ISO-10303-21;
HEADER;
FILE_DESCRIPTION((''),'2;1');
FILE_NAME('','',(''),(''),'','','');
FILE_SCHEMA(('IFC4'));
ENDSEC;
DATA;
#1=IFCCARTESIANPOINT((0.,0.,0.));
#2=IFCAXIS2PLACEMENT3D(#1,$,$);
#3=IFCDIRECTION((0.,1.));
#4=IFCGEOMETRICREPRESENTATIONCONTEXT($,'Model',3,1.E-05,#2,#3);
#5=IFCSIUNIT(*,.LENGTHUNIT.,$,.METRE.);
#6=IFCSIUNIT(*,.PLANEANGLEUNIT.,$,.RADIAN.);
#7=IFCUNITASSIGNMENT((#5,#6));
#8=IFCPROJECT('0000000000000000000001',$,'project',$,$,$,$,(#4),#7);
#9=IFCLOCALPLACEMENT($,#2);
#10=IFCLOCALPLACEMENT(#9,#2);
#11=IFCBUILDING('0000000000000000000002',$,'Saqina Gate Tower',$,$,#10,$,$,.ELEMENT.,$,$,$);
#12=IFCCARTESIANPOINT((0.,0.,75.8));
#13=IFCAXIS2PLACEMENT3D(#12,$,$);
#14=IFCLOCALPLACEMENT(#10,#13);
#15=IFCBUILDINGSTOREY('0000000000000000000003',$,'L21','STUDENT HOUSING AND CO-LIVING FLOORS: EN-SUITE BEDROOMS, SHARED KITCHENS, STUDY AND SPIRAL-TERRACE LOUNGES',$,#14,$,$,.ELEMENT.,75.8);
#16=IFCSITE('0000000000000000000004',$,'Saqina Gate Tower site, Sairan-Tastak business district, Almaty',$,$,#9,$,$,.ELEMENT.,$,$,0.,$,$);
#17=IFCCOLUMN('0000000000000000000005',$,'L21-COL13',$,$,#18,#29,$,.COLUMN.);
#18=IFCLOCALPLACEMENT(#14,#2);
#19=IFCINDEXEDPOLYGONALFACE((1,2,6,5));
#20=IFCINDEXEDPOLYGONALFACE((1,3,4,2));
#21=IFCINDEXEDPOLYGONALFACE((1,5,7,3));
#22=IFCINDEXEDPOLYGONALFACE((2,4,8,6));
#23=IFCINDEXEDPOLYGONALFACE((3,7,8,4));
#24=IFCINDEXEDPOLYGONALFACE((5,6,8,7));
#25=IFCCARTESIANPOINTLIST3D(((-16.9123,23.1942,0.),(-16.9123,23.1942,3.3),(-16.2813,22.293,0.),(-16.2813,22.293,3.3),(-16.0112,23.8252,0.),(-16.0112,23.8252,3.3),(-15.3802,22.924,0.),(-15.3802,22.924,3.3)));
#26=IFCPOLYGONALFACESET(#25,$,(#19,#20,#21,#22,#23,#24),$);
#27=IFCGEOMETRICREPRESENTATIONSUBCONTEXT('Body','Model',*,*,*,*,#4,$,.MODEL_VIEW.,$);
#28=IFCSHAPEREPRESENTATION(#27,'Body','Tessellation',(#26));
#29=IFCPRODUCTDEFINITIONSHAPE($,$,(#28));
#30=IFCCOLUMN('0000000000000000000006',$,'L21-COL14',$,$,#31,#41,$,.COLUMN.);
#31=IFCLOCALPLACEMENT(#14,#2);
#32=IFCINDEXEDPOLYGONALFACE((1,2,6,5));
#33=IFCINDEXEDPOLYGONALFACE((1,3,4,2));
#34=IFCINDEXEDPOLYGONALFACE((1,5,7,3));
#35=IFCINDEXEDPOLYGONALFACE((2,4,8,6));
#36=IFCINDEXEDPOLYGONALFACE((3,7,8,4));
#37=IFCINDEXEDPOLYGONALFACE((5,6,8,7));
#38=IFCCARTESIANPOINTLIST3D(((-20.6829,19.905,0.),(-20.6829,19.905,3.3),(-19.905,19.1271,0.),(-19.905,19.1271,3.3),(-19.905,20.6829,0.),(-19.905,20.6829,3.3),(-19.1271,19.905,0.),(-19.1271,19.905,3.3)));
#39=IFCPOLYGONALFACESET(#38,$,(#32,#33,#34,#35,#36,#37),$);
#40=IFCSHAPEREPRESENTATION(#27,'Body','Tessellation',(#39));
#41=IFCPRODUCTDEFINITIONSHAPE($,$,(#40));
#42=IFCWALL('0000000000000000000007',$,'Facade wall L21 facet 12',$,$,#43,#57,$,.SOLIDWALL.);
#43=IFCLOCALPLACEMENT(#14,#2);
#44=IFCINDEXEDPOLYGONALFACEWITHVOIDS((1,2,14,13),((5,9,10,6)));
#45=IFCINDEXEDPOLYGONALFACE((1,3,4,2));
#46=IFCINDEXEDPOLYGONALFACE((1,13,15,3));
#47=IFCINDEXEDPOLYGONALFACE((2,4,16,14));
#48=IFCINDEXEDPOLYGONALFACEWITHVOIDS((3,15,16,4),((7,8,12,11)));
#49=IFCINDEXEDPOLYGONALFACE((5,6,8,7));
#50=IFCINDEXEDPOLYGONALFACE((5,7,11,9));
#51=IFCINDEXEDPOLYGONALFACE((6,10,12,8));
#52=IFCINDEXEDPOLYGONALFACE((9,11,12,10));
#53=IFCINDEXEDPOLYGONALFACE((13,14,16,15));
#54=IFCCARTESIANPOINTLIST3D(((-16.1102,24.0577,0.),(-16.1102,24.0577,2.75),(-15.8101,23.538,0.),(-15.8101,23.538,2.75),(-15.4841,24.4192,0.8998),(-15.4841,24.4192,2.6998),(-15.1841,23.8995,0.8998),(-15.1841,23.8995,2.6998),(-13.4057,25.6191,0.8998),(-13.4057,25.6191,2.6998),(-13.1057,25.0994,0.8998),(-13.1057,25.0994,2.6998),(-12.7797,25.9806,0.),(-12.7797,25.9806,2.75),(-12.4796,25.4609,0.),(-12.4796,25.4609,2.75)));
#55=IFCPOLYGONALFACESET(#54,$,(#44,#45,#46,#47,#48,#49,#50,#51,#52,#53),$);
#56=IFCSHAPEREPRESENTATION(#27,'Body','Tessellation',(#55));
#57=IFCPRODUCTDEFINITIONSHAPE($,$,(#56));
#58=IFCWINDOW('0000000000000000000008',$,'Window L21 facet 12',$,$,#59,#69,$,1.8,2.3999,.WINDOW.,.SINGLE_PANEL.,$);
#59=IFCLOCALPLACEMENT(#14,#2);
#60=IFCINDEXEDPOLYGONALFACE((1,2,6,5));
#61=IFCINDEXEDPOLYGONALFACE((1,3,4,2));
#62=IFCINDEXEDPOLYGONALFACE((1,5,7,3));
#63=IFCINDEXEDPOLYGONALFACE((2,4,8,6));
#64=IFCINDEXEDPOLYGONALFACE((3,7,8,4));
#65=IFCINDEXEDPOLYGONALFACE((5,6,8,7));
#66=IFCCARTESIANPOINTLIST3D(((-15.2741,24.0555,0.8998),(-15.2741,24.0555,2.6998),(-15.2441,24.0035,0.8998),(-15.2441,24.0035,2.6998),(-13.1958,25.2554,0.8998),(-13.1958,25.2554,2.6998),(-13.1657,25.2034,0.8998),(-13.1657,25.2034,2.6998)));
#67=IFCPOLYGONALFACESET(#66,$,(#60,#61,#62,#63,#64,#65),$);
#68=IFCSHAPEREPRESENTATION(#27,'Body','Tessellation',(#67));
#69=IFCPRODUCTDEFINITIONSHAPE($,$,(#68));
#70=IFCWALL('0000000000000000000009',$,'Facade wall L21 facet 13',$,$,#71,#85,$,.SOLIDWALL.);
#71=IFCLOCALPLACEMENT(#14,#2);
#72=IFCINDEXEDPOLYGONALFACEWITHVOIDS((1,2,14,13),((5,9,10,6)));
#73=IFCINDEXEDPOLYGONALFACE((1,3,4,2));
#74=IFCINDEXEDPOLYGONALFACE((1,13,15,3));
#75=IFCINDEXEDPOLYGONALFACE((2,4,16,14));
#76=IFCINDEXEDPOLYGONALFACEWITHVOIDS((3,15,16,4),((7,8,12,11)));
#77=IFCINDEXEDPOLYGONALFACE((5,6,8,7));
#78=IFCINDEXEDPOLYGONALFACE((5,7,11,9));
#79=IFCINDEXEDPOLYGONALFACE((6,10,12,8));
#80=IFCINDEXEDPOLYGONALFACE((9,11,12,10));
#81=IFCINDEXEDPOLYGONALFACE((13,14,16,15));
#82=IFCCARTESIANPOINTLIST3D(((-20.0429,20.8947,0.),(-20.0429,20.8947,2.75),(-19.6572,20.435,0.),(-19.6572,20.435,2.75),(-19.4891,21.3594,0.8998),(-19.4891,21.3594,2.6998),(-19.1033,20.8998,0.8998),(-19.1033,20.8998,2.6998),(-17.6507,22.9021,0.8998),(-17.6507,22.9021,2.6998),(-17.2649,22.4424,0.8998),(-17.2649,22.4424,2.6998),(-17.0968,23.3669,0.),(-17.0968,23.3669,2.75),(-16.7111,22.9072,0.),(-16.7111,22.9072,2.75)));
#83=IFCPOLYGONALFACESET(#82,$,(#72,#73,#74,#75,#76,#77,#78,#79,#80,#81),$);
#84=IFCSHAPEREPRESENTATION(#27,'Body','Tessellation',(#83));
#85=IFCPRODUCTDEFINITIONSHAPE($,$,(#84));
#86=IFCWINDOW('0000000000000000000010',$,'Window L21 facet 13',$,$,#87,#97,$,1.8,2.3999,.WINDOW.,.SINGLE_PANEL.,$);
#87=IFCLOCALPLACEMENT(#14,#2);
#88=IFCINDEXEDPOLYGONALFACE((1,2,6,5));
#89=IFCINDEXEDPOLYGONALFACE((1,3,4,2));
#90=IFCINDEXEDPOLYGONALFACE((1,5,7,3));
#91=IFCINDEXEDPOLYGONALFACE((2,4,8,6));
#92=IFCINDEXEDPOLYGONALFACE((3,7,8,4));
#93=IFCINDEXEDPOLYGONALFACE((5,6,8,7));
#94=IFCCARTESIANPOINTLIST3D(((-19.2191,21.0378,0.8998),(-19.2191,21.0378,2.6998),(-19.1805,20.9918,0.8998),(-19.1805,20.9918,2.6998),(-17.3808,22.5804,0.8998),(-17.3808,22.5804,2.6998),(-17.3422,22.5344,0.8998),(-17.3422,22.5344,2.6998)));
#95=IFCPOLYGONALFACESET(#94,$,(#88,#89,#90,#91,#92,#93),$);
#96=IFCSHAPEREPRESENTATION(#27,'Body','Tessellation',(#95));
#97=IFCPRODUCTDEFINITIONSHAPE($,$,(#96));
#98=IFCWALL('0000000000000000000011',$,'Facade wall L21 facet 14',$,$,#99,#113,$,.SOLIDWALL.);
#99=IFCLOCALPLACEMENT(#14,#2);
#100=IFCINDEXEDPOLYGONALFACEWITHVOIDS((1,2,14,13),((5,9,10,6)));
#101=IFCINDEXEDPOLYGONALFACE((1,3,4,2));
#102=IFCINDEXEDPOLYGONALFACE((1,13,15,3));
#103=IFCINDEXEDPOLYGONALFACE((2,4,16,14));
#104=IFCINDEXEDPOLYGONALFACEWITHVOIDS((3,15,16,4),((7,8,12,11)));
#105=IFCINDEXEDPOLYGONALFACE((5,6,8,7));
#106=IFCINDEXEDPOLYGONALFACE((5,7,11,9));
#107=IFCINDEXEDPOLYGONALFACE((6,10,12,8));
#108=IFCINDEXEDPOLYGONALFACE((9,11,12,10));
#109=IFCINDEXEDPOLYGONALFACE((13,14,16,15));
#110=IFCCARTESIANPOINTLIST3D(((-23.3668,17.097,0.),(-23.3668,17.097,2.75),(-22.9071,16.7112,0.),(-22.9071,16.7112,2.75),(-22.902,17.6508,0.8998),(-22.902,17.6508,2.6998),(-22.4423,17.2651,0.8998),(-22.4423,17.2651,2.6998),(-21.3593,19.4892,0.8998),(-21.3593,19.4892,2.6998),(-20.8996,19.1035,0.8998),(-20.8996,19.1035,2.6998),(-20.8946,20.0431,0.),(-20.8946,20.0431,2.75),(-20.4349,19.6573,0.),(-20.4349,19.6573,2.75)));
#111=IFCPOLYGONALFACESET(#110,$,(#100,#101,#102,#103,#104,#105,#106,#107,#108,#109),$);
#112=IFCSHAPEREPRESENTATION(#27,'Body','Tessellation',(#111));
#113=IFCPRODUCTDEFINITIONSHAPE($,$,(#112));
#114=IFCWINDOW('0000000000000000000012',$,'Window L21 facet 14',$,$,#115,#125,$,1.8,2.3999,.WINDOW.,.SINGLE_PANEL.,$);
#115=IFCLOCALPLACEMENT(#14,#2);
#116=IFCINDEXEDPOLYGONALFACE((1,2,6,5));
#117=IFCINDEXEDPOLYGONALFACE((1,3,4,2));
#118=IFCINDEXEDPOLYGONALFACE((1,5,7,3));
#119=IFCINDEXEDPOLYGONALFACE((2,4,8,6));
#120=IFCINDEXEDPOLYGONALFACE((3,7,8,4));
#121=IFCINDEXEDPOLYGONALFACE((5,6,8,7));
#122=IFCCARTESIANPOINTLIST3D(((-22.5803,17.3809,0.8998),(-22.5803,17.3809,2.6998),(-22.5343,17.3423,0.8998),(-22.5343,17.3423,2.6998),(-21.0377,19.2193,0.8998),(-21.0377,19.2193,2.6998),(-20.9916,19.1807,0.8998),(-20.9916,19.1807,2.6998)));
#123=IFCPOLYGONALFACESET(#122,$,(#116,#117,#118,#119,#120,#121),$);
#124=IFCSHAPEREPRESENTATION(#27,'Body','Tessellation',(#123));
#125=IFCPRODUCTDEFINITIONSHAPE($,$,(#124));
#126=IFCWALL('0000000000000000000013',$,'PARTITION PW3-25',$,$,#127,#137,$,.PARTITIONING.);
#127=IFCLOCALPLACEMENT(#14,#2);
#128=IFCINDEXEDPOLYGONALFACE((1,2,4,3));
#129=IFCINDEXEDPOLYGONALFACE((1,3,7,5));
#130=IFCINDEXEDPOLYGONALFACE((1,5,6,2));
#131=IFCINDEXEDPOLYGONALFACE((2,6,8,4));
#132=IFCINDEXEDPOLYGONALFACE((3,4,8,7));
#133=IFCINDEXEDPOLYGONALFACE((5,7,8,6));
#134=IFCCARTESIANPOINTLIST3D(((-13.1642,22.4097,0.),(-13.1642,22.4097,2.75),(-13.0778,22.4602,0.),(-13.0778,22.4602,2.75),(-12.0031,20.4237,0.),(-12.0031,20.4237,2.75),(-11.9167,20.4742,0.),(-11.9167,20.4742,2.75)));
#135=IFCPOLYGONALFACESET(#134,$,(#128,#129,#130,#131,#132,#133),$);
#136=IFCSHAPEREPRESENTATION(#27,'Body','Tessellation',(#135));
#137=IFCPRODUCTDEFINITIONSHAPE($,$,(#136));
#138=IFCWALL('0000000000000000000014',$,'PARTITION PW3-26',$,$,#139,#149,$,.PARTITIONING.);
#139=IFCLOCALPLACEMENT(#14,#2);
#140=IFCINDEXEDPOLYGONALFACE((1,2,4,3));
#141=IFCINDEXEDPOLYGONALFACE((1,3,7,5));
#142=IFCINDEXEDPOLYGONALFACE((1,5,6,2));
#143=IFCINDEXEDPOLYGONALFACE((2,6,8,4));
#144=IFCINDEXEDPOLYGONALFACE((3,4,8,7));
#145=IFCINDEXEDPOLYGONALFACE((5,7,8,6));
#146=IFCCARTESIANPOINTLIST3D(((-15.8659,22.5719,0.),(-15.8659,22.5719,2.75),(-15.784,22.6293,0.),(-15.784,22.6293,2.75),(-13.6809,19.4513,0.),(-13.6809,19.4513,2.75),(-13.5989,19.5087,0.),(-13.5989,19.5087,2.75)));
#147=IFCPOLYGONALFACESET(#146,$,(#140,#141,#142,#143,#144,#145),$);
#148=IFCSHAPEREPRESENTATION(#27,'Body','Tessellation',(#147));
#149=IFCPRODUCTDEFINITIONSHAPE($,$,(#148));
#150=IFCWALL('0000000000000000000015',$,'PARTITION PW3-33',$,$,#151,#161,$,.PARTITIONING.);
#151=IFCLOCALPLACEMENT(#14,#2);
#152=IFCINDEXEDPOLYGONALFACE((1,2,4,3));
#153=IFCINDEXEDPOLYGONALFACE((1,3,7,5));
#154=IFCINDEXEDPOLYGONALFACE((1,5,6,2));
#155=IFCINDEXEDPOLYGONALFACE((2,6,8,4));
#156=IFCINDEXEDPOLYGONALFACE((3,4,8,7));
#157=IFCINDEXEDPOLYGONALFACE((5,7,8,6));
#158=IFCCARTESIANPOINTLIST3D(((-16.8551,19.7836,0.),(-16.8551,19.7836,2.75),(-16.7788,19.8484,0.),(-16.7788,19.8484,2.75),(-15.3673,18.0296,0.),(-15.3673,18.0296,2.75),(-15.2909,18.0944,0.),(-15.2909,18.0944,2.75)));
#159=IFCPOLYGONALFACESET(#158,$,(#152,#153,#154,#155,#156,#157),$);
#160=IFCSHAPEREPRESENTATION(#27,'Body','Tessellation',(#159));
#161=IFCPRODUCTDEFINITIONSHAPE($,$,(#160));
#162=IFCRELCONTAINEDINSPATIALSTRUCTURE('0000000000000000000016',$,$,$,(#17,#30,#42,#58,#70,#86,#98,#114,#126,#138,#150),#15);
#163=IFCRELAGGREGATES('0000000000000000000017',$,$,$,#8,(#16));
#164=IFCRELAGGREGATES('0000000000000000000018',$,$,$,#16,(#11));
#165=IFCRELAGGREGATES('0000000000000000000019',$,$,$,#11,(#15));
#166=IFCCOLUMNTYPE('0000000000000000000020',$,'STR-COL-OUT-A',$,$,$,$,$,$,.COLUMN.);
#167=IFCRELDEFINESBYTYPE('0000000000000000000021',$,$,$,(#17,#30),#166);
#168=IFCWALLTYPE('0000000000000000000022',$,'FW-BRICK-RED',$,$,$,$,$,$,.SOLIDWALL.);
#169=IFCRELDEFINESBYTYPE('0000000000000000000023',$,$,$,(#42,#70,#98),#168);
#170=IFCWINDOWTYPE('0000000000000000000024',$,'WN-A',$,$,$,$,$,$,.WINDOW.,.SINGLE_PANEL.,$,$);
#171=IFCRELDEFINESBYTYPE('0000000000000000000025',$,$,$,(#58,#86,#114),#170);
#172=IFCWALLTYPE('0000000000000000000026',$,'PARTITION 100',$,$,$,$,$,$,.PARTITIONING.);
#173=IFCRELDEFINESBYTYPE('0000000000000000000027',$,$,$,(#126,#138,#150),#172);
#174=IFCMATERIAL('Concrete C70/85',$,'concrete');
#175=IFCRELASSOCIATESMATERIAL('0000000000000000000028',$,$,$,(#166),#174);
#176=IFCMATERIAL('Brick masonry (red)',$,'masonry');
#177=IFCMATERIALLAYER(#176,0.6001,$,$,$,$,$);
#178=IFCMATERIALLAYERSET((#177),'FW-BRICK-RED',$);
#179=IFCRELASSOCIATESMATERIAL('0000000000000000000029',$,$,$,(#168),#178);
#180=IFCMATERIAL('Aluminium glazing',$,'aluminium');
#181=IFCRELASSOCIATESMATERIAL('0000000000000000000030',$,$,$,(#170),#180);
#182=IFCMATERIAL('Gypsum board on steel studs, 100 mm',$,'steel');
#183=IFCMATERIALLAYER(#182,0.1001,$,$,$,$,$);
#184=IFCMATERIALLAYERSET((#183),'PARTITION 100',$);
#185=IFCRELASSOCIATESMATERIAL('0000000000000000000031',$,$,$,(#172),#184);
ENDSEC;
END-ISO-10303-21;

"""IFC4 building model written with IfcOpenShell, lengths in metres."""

from ifc_helpers import new_model, si_unit, direction, frame, frame_2d, origin, origin_2d, place, context, subcontext, project, spatial, rectangle, extrude, material, layer, layer_set, material_profile, profile_set, type_object, element, fill, save


model = new_model("IFC4")

# Units and contexts
model_context = context("Model", 3, precision=1e-05, world=origin(), true_north=direction((0.0, 1.0)))
body_context = subcontext(model_context, "Body", "Model", "MODEL_VIEW")
ifc_project = project(units=[si_unit("LENGTHUNIT", "METRE"), si_unit("PLANEANGLEUNIT", "RADIAN")], contexts=[model_context])

# Site, building, storey
site_placement = place(None, origin())
site = spatial("IfcSite", under=ifc_project, at=site_placement, Name="Saqina Gate Tower site, Sairan-Tastak business district, Almaty", CompositionType="ELEMENT", RefElevation=0.0)
building_placement = place(site_placement, origin())
building = spatial("IfcBuilding", under=site, at=building_placement, Name="Saqina Gate Tower", CompositionType="ELEMENT")
storey_placement = place(building_placement, frame((0.0, 0.0, 75.8)))
storey = spatial("IfcBuildingStorey", under=building, at=storey_placement, Name="L21", Description="STUDENT HOUSING AND CO-LIVING FLOORS: EN-SUITE BEDROOMS, SHARED KITCHENS, STUDY AND SPIRAL-TERRACE LOUNGES", CompositionType="ELEMENT", Elevation=75.8)

# Columns
ifc_material_1 = material(Name="Concrete C70/85", Category="concrete")
ifc_material_profile = material_profile(ifc_material_1, rectangle(XDim=1.1001, YDim=1.1001, at=origin_2d()), Name="RC 1100x1100")
ifc_profile_set = profile_set([ifc_material_profile], Name="Concrete C70/85")
column_type = type_object("IfcColumnType", Name="STR-COL-OUT-A", PredefinedType="COLUMN", material=ifc_profile_set)
for number, where, z_axis, x_axis, name in (
    (1, (-16.1462, 23.0591, 0.0), (0.0, 0.0, 1.0), (-0.573576, 0.819152, 0.0), "L21-COL13"),
    (2, (-19.905, 19.905, 0.0), (0.0, 0.0, 1.0), (-0.707107, 0.707107, 0.0), "L21-COL14"),
):
    element("IfcColumn", number, at=place(storey_placement, frame(where, z_axis=z_axis, x_axis=x_axis)), inside=storey, type_object=column_type, Name=name, PredefinedType="COLUMN", context=body_context, shape_type="SweptSolid", body=[
        extrude(rectangle(XDim=1.1001, YDim=1.1001, at=origin_2d()), origin(), (0.0, 0.0, 1.0), 3.3),
    ])

# Walls, openings, windows
ifc_material_2 = material(Name="Brick masonry (red)", Category="masonry")
ifc_layer_1 = layer(ifc_material_2, 0.6001)
ifc_layer_set_1 = layer_set([ifc_layer_1], Name="FW-BRICK-RED")
wall_type_1 = type_object("IfcWallType", Name="FW-BRICK-RED", PredefinedType="SOLIDWALL", material=ifc_layer_set_1)
wall_1_placement = place(storey_placement, frame((-12.6296, 25.7207, 0.0), z_axis=(0.0, 0.0, 1.0), x_axis=(-0.866031, -0.49999, 0.0)))
wall_1 = element("IfcWall", 3, at=wall_1_placement, inside=storey, type_object=wall_type_1, Name="Facade wall L21 facet 12", PredefinedType="SOLIDWALL", context=body_context, shape_type="SweptSolid", body=[
    extrude(rectangle(XDim=3.8457, YDim=0.6001, at=frame_2d((1.9229, 0.0))), origin(), (0.0, 0.0, 1.0), 2.75),
])
opening_1_placement = place(wall_1_placement, frame((0.7229, 0.0, 0.8999)))
opening_1 = element("IfcOpeningElement", 4, at=opening_1_placement, cuts=wall_1, PredefinedType="OPENING", context=body_context, shape_type="SweptSolid", body=[
    extrude(rectangle(XDim=2.3999, YDim=1.8, at=frame_2d((1.2, 0.8999))), frame((0.0, 0.312, 0.0), z_axis=(0.0, -1.0, 0.0), x_axis=(1.0, 0.0, 0.0)), (0.0, 0.0, 1.0), 0.624),
])
ifc_material_3 = material(Name="Aluminium glazing", Category="aluminium")
window_type = type_object("IfcWindowType", Name="WN-A", PartitioningType="SINGLE_PANEL", PredefinedType="WINDOW", material=ifc_material_3)
window_1_placement = place(opening_1_placement, origin())
window_1 = element("IfcWindow", 5, at=window_1_placement, inside=storey, type_object=window_type, Name="Window L21 facet 12", OverallHeight=1.8, OverallWidth=2.3999, PartitioningType="SINGLE_PANEL", PredefinedType="WINDOW", context=body_context, shape_type="SweptSolid", body=[
    extrude(rectangle(XDim=2.3999, YDim=1.8, at=frame_2d((1.2, 0.8999))), frame((0.0, 0.1799, 0.0), z_axis=(0.0, -1.0, 0.0), x_axis=(1.0, 0.0, 0.0)), (0.0, 0.0, 1.0), 0.0601),
])
fill(opening_1, window_1)
wall_2_placement = place(storey_placement, frame((-16.9041, 23.137, 0.0), z_axis=(0.0, 0.0, 1.0), x_axis=(-0.766026, -0.642809, 0.0)))
wall_2 = element("IfcWall", 6, at=wall_2_placement, inside=storey, type_object=wall_type_1, Name="Facade wall L21 facet 13", PredefinedType="SOLIDWALL", context=body_context, shape_type="SweptSolid", body=[
    extrude(rectangle(XDim=3.8459, YDim=0.6001, at=frame_2d((1.9229, 0.0))), origin(), (0.0, 0.0, 1.0), 2.75),
])
opening_2_placement = place(wall_2_placement, frame((0.7229, 0.0, 0.8999)))
opening_2 = element("IfcOpeningElement", 7, at=opening_2_placement, cuts=wall_2, PredefinedType="OPENING", context=body_context, shape_type="SweptSolid", body=[
    extrude(rectangle(XDim=2.3999, YDim=1.8, at=frame_2d((1.2, 0.8999))), frame((0.0, 0.312, 0.0), z_axis=(0.0, -1.0, 0.0), x_axis=(1.0, 0.0, 0.0)), (0.0, 0.0, 1.0), 0.624),
])
window_2_placement = place(opening_2_placement, origin())
window_2 = element("IfcWindow", 8, at=window_2_placement, inside=storey, type_object=window_type, Name="Window L21 facet 13", OverallHeight=1.8, OverallWidth=2.3999, PartitioningType="SINGLE_PANEL", PredefinedType="WINDOW", context=body_context, shape_type="SweptSolid", body=[
    extrude(rectangle(XDim=2.3999, YDim=1.8, at=frame_2d((1.2, 0.8999))), frame((0.0, 0.1799, 0.0), z_axis=(0.0, -1.0, 0.0), x_axis=(1.0, 0.0, 0.0)), (0.0, 0.0, 1.0), 0.0601),
])
fill(opening_2, window_2)
wall_3_placement = place(storey_placement, frame((-20.6648, 19.8501, 0.0), z_axis=(0.0, 0.0, 1.0), x_axis=(-0.642809, -0.766026, 0.0)))
wall_3 = element("IfcWall", 9, at=wall_3_placement, inside=storey, type_object=wall_type_1, Name="Facade wall L21 facet 14", PredefinedType="SOLIDWALL", context=body_context, shape_type="SweptSolid", body=[
    extrude(rectangle(XDim=3.8459, YDim=0.6001, at=frame_2d((1.9229, 0.0))), origin(), (0.0, 0.0, 1.0), 2.75),
])
opening_3_placement = place(wall_3_placement, frame((0.7229, 0.0, 0.8999)))
opening_3 = element("IfcOpeningElement", 10, at=opening_3_placement, cuts=wall_3, PredefinedType="OPENING", context=body_context, shape_type="SweptSolid", body=[
    extrude(rectangle(XDim=2.3999, YDim=1.8, at=frame_2d((1.2, 0.8999))), frame((0.0, 0.312, 0.0), z_axis=(0.0, -1.0, 0.0), x_axis=(1.0, 0.0, 0.0)), (0.0, 0.0, 1.0), 0.624),
])
window_3_placement = place(opening_3_placement, origin())
window_3 = element("IfcWindow", 11, at=window_3_placement, inside=storey, type_object=window_type, Name="Window L21 facet 14", OverallHeight=1.8, OverallWidth=2.3999, PartitioningType="SINGLE_PANEL", PredefinedType="WINDOW", context=body_context, shape_type="SweptSolid", body=[
    extrude(rectangle(XDim=2.3999, YDim=1.8, at=frame_2d((1.2, 0.8999))), frame((0.0, 0.1799, 0.0), z_axis=(0.0, -1.0, 0.0), x_axis=(1.0, 0.0, 0.0)), (0.0, 0.0, 1.0), 0.0601),
])
fill(opening_3, window_3)

# Walls
ifc_material_4 = material(Name="Gypsum board on steel studs, 100 mm", Category="steel")
ifc_layer_2 = layer(ifc_material_4, 0.1001)
ifc_layer_set_2 = layer_set([ifc_layer_2], Name="PARTITION 100")
wall_type_2 = type_object("IfcWallType", Name="PARTITION 100", PredefinedType="PARTITIONING", material=ifc_layer_set_2)
wall_4_placement = place(storey_placement, frame((-13.1211, 22.4351, 0.0), z_axis=(0.0, 0.0, 1.0), x_axis=(0.504709, -0.86329, 0.0)))
element("IfcWall", 12, at=wall_4_placement, inside=storey, type_object=wall_type_2, Name="PARTITION PW3-25", PredefinedType="PARTITIONING", context=body_context, shape_type="SweptSolid", body=[
    extrude(rectangle(XDim=2.3005, YDim=0.1001, at=frame_2d((1.1504, 0.0))), origin(), (0.0, 0.0, 1.0), 2.75),
])
wall_5_placement = place(storey_placement, frame((-15.825, 22.6006, 0.0), z_axis=(0.0, 0.0, 1.0), x_axis=(0.573574, -0.819154, 0.0)))
element("IfcWall", 13, at=wall_5_placement, inside=storey, type_object=wall_type_2, Name="PARTITION PW3-26", PredefinedType="PARTITIONING", context=body_context, shape_type="SweptSolid", body=[
    extrude(rectangle(XDim=3.8096, YDim=0.1001, at=frame_2d((1.9048, 0.0))), origin(), (0.0, 0.0, 1.0), 2.75),
])
wall_6_placement = place(storey_placement, frame((-16.8169, 19.8159, 0.0), z_axis=(0.0, 0.0, 1.0), x_axis=(0.646884, -0.762588, 0.0)))
element("IfcWall", 14, at=wall_6_placement, inside=storey, type_object=wall_type_2, Name="PARTITION PW3-33", PredefinedType="PARTITIONING", context=body_context, shape_type="SweptSolid", body=[
    extrude(rectangle(XDim=2.3, YDim=0.1001, at=frame_2d((1.1499, 0.0))), origin(), (0.0, 0.0, 1.0), 2.75),
])

save(model, "model.ifc")
